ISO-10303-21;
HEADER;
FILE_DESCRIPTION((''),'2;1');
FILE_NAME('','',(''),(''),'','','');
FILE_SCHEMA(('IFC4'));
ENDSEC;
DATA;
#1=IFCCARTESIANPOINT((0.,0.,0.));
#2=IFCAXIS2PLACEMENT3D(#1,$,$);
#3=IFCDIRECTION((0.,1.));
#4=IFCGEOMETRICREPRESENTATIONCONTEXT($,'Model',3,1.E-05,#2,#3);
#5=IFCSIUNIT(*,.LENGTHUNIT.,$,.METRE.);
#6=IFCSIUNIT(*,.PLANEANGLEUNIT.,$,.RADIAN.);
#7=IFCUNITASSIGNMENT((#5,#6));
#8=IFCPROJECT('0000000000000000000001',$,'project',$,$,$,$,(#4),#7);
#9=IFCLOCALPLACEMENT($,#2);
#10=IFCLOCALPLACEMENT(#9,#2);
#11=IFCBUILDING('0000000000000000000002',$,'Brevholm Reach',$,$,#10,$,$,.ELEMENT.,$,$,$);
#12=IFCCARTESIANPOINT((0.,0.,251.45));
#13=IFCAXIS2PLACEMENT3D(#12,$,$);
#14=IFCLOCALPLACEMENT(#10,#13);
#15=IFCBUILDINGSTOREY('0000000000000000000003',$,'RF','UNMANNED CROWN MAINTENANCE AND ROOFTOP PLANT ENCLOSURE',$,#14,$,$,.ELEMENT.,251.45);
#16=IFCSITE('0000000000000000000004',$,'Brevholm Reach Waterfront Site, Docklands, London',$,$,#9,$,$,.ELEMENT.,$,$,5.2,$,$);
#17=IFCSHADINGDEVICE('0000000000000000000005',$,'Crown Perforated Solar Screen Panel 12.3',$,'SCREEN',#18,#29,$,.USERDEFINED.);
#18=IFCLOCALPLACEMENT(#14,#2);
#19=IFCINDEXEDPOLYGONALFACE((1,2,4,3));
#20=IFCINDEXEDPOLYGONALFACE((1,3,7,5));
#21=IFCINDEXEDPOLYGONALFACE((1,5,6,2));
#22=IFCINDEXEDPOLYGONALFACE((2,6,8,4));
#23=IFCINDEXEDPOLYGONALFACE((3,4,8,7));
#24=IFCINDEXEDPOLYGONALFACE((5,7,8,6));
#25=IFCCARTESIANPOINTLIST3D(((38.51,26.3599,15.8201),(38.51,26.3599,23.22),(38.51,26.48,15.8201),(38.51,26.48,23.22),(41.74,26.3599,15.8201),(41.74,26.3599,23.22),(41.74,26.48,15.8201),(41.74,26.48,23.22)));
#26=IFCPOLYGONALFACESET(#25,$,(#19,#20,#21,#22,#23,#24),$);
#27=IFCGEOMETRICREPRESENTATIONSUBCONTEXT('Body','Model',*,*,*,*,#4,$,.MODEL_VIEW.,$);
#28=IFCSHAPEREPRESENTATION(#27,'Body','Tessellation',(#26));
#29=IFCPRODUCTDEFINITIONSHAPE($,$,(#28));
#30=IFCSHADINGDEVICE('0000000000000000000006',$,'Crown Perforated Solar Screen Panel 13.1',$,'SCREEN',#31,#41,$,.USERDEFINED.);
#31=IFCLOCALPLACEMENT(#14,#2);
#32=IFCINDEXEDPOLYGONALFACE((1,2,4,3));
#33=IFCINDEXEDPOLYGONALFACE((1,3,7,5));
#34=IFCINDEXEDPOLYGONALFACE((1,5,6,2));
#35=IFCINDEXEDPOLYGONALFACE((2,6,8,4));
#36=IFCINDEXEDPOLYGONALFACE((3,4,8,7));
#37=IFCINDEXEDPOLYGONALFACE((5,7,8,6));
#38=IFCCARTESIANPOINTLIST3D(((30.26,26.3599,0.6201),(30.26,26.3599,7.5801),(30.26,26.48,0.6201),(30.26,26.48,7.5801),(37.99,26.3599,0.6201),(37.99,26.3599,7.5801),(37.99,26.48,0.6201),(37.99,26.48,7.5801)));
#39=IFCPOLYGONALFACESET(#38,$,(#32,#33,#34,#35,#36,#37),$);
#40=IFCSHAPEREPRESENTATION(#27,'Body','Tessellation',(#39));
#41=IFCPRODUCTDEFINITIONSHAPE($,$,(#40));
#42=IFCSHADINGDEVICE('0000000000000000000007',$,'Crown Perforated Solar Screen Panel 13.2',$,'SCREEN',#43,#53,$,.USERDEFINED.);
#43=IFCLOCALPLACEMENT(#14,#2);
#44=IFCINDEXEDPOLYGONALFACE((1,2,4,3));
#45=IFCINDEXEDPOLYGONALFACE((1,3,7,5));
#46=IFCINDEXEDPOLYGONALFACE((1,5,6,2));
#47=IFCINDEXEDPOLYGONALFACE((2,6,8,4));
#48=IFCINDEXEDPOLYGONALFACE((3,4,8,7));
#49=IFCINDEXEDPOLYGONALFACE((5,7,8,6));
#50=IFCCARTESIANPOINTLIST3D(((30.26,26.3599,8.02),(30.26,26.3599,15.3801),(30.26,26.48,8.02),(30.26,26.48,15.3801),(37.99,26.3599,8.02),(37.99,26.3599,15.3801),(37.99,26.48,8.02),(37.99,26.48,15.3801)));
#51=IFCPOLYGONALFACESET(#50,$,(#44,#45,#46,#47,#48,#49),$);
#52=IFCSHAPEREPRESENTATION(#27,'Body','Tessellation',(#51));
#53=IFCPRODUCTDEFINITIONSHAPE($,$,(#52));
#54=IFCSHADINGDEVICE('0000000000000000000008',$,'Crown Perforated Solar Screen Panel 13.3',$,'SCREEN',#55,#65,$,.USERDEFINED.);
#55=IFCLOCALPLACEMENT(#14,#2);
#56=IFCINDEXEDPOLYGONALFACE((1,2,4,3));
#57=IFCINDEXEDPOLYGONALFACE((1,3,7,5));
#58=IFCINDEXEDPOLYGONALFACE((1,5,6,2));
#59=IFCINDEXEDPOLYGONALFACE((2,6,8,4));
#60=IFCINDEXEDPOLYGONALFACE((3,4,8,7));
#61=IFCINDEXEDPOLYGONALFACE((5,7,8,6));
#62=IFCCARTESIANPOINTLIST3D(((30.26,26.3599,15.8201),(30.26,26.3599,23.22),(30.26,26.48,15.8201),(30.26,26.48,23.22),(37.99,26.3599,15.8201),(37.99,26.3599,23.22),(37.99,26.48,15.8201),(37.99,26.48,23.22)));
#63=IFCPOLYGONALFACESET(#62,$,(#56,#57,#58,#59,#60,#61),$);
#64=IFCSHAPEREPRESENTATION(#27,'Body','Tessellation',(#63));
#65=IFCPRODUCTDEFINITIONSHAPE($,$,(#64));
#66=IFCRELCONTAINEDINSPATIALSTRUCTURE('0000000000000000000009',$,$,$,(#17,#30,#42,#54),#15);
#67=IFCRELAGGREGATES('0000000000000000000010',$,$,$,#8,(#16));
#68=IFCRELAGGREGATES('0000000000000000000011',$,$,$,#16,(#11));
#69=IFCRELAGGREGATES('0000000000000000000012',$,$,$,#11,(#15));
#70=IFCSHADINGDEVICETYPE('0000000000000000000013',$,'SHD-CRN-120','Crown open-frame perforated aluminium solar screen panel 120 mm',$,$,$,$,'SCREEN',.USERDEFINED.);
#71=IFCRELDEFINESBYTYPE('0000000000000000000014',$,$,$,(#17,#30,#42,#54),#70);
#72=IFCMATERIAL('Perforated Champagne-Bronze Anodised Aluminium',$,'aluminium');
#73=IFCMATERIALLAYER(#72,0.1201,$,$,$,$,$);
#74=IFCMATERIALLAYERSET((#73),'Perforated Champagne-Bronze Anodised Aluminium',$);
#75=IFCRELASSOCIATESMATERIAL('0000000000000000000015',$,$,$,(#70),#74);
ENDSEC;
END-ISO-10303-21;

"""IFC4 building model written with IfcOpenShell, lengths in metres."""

from ifc_helpers import new_model, si_unit, direction, frame, origin, origin_2d, place, context, subcontext, project, spatial, rectangle, extrude, material, layer, layer_set, type_object, element, save


model = new_model("IFC4")

# Units and contexts
model_context = context("Model", 3, precision=1e-05, world=origin(), true_north=direction((0.0, 1.0)))
body_context = subcontext(model_context, "Body", "Model", "MODEL_VIEW")
ifc_project = project(units=[si_unit("LENGTHUNIT", "METRE"), si_unit("PLANEANGLEUNIT", "RADIAN")], contexts=[model_context])

# Site, building, storey
site_placement = place(None, origin())
site = spatial("IfcSite", under=ifc_project, at=site_placement, Name="Brevholm Reach Waterfront Site, Docklands, London", CompositionType="ELEMENT", RefElevation=5.2)
building_placement = place(site_placement, origin())
building = spatial("IfcBuilding", under=site, at=building_placement, Name="Brevholm Reach", CompositionType="ELEMENT")
storey_placement = place(building_placement, frame((0.0, 0.0, 251.45)))
storey = spatial("IfcBuildingStorey", under=building, at=storey_placement, Name="RF", Description="UNMANNED CROWN MAINTENANCE AND ROOFTOP PLANT ENCLOSURE", CompositionType="ELEMENT", Elevation=251.45)

# Shading devices
ifc_material_1 = material(Name="Perforated Champagne-Bronze Anodised Aluminium", Category="aluminium")
ifc_layer_1 = layer(ifc_material_1, 0.1201)
ifc_layer_set_1 = layer_set([ifc_layer_1], Name="Perforated Champagne-Bronze Anodised Aluminium")
shading_device_type = type_object("IfcShadingDeviceType", Name="SHD-CRN-120", Description="Crown open-frame perforated aluminium solar screen panel 120 mm", ElementType="SCREEN", PredefinedType="USERDEFINED", material=ifc_layer_set_1)
shading_device_1_placement = place(storey_placement, frame((40.125, 26.4199, 15.8201), z_axis=(0.0, 0.0, 1.0), x_axis=(-1.0, 0.0, 0.0)))
element("IfcShadingDevice", 1, at=shading_device_1_placement, inside=storey, type_object=shading_device_type, Name="Crown Perforated Solar Screen Panel 12.3", ObjectType="SCREEN", PredefinedType="USERDEFINED", context=body_context, shape_type="SweptSolid", body=[
    extrude(rectangle(XDim=3.23, YDim=0.1201, at=origin_2d()), origin(), (0.0, 0.0, 1.0), 7.3999),
])
shading_device_2_placement = place(storey_placement, frame((34.125, 26.4199, 0.6201), z_axis=(0.0, 0.0, 1.0), x_axis=(-1.0, 0.0, 0.0)))
element("IfcShadingDevice", 2, at=shading_device_2_placement, inside=storey, type_object=shading_device_type, Name="Crown Perforated Solar Screen Panel 13.1", ObjectType="SCREEN", PredefinedType="USERDEFINED", context=body_context, shape_type="SweptSolid", body=[
    extrude(rectangle(XDim=7.73, YDim=0.1201, at=origin_2d()), origin(), (0.0, 0.0, 1.0), 6.96),
])
shading_device_3_placement = place(storey_placement, frame((34.125, 26.4199, 8.02), z_axis=(0.0, 0.0, 1.0), x_axis=(-1.0, 0.0, 0.0)))
element("IfcShadingDevice", 3, at=shading_device_3_placement, inside=storey, type_object=shading_device_type, Name="Crown Perforated Solar Screen Panel 13.2", ObjectType="SCREEN", PredefinedType="USERDEFINED", context=body_context, shape_type="SweptSolid", body=[
    extrude(rectangle(XDim=7.73, YDim=0.1201, at=origin_2d()), origin(), (0.0, 0.0, 1.0), 7.3601),
])
shading_device_4_placement = place(storey_placement, frame((34.125, 26.4199, 15.8201), z_axis=(0.0, 0.0, 1.0), x_axis=(-1.0, 0.0, 0.0)))
element("IfcShadingDevice", 4, at=shading_device_4_placement, inside=storey, type_object=shading_device_type, Name="Crown Perforated Solar Screen Panel 13.3", ObjectType="SCREEN", PredefinedType="USERDEFINED", context=body_context, shape_type="SweptSolid", body=[
    extrude(rectangle(XDim=7.73, YDim=0.1201, at=origin_2d()), origin(), (0.0, 0.0, 1.0), 7.3999),
])

save(model, "model.ifc")
